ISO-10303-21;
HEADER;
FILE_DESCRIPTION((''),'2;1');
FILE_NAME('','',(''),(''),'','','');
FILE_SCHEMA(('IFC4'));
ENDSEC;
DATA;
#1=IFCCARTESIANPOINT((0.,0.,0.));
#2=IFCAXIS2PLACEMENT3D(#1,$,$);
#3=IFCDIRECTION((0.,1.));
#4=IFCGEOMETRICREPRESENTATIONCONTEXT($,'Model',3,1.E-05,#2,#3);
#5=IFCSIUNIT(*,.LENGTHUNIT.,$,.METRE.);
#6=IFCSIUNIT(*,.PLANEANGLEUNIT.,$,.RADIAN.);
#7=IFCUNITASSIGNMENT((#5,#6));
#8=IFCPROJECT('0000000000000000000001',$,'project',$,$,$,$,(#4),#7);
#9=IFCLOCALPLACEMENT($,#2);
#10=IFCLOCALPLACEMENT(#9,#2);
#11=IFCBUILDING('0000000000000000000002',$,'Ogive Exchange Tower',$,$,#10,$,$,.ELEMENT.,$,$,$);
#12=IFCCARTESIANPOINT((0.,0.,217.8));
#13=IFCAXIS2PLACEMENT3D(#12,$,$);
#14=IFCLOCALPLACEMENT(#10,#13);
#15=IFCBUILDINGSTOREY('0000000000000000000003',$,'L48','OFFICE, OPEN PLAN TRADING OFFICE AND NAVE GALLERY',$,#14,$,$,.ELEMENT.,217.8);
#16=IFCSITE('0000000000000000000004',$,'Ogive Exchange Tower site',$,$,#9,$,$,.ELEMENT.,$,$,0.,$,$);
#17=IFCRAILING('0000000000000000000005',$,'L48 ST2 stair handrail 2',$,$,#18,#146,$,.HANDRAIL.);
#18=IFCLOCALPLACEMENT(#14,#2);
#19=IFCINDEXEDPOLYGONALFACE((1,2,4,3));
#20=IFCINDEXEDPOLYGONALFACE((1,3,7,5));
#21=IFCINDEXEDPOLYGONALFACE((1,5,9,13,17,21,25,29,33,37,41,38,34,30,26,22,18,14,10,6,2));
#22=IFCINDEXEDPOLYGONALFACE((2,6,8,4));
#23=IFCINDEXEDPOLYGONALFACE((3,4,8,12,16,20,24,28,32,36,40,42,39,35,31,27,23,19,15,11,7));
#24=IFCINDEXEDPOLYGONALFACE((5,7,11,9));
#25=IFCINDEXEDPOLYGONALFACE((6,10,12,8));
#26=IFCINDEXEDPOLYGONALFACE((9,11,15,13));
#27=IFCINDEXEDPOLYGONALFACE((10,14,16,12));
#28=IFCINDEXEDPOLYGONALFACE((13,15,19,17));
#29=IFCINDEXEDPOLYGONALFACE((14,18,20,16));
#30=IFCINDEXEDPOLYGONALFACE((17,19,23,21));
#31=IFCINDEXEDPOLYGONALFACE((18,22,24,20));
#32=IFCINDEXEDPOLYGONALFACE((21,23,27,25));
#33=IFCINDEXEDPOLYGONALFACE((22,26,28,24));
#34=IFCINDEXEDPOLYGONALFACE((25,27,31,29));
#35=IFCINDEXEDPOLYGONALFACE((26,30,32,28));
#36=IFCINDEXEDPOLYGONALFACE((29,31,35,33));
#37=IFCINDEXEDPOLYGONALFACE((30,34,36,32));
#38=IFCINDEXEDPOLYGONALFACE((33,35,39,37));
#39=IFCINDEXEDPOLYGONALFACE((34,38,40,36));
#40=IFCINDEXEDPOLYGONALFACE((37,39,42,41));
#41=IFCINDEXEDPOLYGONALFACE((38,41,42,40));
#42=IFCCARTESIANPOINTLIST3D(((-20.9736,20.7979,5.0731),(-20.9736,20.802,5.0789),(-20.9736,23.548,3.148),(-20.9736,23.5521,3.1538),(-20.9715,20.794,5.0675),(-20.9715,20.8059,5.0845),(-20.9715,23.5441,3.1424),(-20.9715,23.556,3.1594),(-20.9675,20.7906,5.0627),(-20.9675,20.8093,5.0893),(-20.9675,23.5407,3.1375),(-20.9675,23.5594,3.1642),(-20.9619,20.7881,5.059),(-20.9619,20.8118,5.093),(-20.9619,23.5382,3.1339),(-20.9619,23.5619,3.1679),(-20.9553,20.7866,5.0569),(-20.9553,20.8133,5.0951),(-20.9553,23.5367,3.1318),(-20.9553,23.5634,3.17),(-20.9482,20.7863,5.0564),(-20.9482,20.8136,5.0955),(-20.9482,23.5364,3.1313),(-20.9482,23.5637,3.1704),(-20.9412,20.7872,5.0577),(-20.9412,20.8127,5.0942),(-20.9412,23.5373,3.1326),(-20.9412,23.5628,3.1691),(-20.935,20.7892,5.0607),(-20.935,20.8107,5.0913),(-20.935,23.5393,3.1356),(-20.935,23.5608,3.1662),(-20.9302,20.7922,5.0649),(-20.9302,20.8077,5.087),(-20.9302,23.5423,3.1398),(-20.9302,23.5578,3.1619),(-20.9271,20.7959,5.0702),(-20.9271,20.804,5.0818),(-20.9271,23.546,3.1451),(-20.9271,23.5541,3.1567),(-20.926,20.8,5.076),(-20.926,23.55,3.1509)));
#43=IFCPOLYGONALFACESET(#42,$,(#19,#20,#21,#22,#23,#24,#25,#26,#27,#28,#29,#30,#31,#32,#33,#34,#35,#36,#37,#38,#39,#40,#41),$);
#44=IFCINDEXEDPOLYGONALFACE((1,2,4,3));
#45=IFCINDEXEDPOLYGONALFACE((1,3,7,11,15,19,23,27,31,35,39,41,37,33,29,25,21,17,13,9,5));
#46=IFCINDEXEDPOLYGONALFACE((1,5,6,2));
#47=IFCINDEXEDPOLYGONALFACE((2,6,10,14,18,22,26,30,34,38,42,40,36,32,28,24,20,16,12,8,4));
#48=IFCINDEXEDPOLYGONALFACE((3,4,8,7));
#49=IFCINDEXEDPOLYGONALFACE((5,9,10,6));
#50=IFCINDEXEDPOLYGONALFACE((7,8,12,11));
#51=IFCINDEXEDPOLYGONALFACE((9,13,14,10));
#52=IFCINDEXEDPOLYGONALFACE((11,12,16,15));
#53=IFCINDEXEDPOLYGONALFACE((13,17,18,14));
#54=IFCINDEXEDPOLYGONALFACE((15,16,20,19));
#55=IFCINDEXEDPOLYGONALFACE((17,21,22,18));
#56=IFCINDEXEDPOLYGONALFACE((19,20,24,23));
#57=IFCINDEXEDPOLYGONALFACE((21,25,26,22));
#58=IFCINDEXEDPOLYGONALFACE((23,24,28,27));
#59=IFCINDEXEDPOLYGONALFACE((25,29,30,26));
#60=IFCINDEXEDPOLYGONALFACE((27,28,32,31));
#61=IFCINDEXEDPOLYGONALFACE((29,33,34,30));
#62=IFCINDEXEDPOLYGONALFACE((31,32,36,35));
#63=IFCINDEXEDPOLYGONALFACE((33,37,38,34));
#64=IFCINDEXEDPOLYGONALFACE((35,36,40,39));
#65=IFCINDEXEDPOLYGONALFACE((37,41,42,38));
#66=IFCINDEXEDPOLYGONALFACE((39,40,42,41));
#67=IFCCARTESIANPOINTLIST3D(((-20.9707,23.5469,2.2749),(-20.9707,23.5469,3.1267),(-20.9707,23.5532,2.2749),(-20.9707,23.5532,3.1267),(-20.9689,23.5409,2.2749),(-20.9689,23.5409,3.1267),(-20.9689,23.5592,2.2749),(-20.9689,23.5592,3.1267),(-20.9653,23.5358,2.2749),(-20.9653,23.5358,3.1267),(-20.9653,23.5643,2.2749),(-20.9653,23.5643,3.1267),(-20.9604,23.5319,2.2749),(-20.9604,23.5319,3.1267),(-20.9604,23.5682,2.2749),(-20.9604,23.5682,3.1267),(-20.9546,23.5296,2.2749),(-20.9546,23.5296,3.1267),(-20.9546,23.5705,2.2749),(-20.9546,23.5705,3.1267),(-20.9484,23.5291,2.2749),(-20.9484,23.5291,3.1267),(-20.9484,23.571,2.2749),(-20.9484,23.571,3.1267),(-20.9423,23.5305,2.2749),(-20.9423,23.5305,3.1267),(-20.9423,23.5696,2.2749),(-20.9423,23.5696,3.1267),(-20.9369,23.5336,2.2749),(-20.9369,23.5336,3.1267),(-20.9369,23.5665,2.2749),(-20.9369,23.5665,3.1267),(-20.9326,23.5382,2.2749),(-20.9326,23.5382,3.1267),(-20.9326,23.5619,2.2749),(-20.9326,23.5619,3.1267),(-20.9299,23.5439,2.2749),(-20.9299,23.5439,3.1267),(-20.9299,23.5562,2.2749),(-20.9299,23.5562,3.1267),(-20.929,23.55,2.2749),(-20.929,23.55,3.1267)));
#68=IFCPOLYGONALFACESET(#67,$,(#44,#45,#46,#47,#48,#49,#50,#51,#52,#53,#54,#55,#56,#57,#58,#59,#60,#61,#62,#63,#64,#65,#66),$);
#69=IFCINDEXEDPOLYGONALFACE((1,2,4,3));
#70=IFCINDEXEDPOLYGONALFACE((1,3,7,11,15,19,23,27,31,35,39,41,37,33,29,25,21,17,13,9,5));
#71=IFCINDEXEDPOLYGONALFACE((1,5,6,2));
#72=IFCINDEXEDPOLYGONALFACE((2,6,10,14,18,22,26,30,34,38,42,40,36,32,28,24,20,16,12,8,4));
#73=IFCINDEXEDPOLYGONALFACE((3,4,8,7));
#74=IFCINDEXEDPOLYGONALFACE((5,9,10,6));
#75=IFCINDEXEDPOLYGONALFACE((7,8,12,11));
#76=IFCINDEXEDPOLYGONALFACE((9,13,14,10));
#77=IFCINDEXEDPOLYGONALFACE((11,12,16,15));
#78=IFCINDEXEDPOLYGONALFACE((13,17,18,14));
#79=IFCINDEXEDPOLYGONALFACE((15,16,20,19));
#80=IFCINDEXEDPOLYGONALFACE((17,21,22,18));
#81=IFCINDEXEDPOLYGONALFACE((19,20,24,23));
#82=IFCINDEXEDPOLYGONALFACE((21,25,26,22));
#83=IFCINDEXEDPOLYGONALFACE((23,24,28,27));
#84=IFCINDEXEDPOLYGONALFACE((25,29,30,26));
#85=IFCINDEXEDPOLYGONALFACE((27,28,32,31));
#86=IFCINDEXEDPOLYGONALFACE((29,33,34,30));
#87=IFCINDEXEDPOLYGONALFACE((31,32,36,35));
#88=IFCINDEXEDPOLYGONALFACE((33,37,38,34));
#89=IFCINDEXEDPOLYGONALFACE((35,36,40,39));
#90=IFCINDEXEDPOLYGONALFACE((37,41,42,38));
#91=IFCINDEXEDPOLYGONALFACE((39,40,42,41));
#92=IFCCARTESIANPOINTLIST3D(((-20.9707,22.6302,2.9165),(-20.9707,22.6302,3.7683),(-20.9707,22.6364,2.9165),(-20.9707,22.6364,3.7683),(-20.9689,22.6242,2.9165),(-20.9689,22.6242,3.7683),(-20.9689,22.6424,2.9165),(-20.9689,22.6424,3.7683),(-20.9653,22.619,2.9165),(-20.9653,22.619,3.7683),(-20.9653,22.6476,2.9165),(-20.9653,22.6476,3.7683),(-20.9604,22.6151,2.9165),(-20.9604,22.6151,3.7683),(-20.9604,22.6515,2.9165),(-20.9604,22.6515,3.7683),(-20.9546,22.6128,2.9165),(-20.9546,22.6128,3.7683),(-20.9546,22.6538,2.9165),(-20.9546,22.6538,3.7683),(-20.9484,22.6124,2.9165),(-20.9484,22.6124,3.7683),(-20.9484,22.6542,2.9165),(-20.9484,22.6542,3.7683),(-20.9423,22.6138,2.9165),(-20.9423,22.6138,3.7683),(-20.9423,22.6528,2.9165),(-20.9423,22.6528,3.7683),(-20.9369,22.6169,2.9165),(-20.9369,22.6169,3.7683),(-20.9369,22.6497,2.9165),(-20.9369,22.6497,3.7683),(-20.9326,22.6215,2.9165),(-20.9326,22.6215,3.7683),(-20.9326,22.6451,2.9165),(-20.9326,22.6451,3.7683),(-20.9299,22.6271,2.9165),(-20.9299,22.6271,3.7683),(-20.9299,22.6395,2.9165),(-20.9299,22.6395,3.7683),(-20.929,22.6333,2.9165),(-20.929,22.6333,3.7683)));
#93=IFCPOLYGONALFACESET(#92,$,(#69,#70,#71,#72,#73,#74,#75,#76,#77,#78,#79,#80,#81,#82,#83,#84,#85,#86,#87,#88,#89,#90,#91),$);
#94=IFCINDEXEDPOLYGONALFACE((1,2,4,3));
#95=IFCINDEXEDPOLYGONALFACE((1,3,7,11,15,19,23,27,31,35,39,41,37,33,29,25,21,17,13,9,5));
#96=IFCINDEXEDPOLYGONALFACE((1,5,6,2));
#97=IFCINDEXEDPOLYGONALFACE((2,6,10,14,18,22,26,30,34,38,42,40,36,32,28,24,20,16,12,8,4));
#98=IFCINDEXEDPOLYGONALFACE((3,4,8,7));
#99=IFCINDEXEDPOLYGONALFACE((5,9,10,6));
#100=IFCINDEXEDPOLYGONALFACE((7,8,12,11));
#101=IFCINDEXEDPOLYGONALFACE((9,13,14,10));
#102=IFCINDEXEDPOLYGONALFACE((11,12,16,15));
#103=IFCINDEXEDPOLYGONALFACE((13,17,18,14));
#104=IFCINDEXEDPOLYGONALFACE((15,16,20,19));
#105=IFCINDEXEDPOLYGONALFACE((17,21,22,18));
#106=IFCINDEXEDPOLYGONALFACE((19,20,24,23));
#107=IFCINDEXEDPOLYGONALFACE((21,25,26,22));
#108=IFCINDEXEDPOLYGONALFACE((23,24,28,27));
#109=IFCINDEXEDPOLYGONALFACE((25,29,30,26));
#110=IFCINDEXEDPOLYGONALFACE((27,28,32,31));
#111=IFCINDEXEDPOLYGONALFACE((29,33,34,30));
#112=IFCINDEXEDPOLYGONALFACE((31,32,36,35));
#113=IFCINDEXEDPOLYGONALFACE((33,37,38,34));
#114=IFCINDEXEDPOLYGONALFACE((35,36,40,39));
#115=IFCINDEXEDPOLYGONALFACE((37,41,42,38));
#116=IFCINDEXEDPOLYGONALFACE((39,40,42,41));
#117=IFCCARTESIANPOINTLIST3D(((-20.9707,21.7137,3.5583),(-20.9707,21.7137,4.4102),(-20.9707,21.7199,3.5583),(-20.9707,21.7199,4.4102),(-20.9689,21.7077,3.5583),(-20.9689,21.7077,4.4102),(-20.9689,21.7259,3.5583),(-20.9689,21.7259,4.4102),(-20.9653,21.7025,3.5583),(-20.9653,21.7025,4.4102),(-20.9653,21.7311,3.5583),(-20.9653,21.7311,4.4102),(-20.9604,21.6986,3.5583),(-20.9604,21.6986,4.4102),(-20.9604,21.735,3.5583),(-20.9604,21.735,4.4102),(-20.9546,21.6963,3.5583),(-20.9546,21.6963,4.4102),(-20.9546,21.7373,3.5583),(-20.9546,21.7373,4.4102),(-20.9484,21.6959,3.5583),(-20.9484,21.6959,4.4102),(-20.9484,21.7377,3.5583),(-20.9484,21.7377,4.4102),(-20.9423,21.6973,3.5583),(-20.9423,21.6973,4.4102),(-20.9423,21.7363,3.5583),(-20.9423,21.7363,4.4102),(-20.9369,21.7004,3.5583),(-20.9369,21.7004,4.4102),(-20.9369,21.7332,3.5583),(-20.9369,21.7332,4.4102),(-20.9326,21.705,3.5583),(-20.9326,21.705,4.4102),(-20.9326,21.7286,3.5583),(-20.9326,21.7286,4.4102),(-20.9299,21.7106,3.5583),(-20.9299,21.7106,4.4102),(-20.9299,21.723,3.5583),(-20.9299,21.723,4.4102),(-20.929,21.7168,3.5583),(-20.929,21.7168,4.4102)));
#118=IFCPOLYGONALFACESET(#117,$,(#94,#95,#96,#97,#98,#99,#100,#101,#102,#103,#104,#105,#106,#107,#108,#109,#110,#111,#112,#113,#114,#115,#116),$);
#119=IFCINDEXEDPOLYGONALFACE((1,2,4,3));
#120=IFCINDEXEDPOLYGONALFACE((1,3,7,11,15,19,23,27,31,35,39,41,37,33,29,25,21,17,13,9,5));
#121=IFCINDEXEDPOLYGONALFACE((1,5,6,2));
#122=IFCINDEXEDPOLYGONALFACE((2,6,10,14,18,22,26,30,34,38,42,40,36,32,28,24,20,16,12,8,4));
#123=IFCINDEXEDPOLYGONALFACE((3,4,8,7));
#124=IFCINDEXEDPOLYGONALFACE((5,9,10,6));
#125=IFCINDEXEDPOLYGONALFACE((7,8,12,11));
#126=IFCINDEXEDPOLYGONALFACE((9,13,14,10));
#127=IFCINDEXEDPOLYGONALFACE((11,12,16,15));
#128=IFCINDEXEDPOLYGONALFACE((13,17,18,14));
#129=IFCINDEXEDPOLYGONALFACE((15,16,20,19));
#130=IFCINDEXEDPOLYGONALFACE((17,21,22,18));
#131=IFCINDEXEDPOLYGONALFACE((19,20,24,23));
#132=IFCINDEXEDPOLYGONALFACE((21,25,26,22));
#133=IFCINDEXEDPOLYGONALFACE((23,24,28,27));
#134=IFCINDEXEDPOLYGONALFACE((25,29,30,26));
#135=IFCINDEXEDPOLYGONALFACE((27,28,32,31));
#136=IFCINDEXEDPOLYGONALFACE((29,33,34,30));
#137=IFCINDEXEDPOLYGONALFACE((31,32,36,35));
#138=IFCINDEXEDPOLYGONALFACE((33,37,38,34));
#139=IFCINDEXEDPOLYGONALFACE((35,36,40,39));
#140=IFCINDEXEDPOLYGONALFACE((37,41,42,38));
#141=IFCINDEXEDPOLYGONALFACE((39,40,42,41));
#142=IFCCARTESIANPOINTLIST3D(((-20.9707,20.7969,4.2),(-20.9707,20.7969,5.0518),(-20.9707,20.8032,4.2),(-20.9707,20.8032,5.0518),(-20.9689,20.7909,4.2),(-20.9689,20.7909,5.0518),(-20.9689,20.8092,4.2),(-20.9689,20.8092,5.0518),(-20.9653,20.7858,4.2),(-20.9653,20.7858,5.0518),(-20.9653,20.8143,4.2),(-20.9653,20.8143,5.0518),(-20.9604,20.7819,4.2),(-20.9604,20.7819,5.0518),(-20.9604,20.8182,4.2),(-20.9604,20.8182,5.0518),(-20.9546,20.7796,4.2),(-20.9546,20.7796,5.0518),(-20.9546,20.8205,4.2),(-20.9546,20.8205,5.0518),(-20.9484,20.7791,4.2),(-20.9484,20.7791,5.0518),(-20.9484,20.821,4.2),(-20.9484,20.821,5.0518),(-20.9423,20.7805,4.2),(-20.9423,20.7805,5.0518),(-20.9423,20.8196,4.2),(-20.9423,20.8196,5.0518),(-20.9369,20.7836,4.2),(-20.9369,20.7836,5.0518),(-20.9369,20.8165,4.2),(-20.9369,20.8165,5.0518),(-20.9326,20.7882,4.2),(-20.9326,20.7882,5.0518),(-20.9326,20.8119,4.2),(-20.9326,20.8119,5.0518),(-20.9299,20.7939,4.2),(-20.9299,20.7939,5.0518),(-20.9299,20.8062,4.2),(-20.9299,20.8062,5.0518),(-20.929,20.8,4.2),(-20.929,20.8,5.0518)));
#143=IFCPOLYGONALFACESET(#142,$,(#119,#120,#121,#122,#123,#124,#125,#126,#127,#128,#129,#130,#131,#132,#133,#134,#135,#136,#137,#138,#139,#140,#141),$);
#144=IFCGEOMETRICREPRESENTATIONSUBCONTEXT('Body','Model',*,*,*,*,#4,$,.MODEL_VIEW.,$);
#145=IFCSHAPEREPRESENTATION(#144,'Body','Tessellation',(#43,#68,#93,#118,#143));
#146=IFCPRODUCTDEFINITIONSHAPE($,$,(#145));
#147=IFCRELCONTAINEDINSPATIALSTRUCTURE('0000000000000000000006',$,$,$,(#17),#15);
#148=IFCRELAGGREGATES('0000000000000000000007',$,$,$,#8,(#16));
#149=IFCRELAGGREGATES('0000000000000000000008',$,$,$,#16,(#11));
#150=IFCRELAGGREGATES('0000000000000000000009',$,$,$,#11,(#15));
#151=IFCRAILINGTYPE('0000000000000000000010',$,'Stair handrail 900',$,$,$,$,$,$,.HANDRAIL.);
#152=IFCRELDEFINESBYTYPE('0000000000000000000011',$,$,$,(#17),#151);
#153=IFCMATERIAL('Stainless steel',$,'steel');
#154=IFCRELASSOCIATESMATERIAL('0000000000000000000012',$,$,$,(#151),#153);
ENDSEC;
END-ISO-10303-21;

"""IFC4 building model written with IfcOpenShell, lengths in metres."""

from ifc_helpers import new_model, si_unit, direction, frame, origin, origin_2d, place, context, subcontext, project, spatial, circle, extrude, material, type_object, element, save


model = new_model("IFC4")

# Units and contexts
model_context = context("Model", 3, precision=1e-05, world=origin(), true_north=direction((0.0, 1.0)))
body_context = subcontext(model_context, "Body", "Model", "MODEL_VIEW")
ifc_project = project(units=[si_unit("LENGTHUNIT", "METRE"), si_unit("PLANEANGLEUNIT", "RADIAN")], contexts=[model_context])

# Site, building, storey
site_placement = place(None, origin())
site = spatial("IfcSite", under=ifc_project, at=site_placement, Name="Ogive Exchange Tower site", CompositionType="ELEMENT", RefElevation=0.0)
building_placement = place(site_placement, origin())
building = spatial("IfcBuilding", under=site, at=building_placement, Name="Ogive Exchange Tower", CompositionType="ELEMENT")
storey_placement = place(building_placement, frame((0.0, 0.0, 217.8)))
storey = spatial("IfcBuildingStorey", under=building, at=storey_placement, Name="L48", Description="OFFICE, OPEN PLAN TRADING OFFICE AND NAVE GALLERY", CompositionType="ELEMENT", Elevation=217.8)

# Railing
ifc_material_1 = material(Name="Stainless steel", Category="steel")
railing_type = type_object("IfcRailingType", Name="Stair handrail 900", PredefinedType="HANDRAIL", material=ifc_material_1)
railing_1_placement = place(storey_placement, frame((-20.95, 23.55, 2.2749)))
element("IfcRailing", 1, at=railing_1_placement, inside=storey, type_object=railing_type, Name="L48 ST2 stair handrail 2", PredefinedType="HANDRAIL", context=body_context, shape_type="SweptSolid", body=[
    extrude(circle(Radius=0.0239, at=origin_2d()), frame((0.0, 0.0, 0.876), z_axis=(0.0, -0.819225, 0.573472), x_axis=(1.0, 0.0, 0.0)), (0.0, 0.0, 1.0), 3.3569),
    extrude(circle(Radius=0.021, at=origin_2d()), origin(), (0.0, 0.0, 1.0), 0.8518),
    extrude(circle(Radius=0.021, at=origin_2d()), frame((0.0, -0.9167, 0.6416)), (0.0, 0.0, 1.0), 0.8518),
    extrude(circle(Radius=0.021, at=origin_2d()), frame((0.0, -1.8333, 1.2834)), (0.0, 0.0, 1.0), 0.8518),
    extrude(circle(Radius=0.021, at=origin_2d()), frame((0.0, -2.75, 1.925)), (0.0, 0.0, 1.0), 0.8518),
])

save(model, "model.ifc")
